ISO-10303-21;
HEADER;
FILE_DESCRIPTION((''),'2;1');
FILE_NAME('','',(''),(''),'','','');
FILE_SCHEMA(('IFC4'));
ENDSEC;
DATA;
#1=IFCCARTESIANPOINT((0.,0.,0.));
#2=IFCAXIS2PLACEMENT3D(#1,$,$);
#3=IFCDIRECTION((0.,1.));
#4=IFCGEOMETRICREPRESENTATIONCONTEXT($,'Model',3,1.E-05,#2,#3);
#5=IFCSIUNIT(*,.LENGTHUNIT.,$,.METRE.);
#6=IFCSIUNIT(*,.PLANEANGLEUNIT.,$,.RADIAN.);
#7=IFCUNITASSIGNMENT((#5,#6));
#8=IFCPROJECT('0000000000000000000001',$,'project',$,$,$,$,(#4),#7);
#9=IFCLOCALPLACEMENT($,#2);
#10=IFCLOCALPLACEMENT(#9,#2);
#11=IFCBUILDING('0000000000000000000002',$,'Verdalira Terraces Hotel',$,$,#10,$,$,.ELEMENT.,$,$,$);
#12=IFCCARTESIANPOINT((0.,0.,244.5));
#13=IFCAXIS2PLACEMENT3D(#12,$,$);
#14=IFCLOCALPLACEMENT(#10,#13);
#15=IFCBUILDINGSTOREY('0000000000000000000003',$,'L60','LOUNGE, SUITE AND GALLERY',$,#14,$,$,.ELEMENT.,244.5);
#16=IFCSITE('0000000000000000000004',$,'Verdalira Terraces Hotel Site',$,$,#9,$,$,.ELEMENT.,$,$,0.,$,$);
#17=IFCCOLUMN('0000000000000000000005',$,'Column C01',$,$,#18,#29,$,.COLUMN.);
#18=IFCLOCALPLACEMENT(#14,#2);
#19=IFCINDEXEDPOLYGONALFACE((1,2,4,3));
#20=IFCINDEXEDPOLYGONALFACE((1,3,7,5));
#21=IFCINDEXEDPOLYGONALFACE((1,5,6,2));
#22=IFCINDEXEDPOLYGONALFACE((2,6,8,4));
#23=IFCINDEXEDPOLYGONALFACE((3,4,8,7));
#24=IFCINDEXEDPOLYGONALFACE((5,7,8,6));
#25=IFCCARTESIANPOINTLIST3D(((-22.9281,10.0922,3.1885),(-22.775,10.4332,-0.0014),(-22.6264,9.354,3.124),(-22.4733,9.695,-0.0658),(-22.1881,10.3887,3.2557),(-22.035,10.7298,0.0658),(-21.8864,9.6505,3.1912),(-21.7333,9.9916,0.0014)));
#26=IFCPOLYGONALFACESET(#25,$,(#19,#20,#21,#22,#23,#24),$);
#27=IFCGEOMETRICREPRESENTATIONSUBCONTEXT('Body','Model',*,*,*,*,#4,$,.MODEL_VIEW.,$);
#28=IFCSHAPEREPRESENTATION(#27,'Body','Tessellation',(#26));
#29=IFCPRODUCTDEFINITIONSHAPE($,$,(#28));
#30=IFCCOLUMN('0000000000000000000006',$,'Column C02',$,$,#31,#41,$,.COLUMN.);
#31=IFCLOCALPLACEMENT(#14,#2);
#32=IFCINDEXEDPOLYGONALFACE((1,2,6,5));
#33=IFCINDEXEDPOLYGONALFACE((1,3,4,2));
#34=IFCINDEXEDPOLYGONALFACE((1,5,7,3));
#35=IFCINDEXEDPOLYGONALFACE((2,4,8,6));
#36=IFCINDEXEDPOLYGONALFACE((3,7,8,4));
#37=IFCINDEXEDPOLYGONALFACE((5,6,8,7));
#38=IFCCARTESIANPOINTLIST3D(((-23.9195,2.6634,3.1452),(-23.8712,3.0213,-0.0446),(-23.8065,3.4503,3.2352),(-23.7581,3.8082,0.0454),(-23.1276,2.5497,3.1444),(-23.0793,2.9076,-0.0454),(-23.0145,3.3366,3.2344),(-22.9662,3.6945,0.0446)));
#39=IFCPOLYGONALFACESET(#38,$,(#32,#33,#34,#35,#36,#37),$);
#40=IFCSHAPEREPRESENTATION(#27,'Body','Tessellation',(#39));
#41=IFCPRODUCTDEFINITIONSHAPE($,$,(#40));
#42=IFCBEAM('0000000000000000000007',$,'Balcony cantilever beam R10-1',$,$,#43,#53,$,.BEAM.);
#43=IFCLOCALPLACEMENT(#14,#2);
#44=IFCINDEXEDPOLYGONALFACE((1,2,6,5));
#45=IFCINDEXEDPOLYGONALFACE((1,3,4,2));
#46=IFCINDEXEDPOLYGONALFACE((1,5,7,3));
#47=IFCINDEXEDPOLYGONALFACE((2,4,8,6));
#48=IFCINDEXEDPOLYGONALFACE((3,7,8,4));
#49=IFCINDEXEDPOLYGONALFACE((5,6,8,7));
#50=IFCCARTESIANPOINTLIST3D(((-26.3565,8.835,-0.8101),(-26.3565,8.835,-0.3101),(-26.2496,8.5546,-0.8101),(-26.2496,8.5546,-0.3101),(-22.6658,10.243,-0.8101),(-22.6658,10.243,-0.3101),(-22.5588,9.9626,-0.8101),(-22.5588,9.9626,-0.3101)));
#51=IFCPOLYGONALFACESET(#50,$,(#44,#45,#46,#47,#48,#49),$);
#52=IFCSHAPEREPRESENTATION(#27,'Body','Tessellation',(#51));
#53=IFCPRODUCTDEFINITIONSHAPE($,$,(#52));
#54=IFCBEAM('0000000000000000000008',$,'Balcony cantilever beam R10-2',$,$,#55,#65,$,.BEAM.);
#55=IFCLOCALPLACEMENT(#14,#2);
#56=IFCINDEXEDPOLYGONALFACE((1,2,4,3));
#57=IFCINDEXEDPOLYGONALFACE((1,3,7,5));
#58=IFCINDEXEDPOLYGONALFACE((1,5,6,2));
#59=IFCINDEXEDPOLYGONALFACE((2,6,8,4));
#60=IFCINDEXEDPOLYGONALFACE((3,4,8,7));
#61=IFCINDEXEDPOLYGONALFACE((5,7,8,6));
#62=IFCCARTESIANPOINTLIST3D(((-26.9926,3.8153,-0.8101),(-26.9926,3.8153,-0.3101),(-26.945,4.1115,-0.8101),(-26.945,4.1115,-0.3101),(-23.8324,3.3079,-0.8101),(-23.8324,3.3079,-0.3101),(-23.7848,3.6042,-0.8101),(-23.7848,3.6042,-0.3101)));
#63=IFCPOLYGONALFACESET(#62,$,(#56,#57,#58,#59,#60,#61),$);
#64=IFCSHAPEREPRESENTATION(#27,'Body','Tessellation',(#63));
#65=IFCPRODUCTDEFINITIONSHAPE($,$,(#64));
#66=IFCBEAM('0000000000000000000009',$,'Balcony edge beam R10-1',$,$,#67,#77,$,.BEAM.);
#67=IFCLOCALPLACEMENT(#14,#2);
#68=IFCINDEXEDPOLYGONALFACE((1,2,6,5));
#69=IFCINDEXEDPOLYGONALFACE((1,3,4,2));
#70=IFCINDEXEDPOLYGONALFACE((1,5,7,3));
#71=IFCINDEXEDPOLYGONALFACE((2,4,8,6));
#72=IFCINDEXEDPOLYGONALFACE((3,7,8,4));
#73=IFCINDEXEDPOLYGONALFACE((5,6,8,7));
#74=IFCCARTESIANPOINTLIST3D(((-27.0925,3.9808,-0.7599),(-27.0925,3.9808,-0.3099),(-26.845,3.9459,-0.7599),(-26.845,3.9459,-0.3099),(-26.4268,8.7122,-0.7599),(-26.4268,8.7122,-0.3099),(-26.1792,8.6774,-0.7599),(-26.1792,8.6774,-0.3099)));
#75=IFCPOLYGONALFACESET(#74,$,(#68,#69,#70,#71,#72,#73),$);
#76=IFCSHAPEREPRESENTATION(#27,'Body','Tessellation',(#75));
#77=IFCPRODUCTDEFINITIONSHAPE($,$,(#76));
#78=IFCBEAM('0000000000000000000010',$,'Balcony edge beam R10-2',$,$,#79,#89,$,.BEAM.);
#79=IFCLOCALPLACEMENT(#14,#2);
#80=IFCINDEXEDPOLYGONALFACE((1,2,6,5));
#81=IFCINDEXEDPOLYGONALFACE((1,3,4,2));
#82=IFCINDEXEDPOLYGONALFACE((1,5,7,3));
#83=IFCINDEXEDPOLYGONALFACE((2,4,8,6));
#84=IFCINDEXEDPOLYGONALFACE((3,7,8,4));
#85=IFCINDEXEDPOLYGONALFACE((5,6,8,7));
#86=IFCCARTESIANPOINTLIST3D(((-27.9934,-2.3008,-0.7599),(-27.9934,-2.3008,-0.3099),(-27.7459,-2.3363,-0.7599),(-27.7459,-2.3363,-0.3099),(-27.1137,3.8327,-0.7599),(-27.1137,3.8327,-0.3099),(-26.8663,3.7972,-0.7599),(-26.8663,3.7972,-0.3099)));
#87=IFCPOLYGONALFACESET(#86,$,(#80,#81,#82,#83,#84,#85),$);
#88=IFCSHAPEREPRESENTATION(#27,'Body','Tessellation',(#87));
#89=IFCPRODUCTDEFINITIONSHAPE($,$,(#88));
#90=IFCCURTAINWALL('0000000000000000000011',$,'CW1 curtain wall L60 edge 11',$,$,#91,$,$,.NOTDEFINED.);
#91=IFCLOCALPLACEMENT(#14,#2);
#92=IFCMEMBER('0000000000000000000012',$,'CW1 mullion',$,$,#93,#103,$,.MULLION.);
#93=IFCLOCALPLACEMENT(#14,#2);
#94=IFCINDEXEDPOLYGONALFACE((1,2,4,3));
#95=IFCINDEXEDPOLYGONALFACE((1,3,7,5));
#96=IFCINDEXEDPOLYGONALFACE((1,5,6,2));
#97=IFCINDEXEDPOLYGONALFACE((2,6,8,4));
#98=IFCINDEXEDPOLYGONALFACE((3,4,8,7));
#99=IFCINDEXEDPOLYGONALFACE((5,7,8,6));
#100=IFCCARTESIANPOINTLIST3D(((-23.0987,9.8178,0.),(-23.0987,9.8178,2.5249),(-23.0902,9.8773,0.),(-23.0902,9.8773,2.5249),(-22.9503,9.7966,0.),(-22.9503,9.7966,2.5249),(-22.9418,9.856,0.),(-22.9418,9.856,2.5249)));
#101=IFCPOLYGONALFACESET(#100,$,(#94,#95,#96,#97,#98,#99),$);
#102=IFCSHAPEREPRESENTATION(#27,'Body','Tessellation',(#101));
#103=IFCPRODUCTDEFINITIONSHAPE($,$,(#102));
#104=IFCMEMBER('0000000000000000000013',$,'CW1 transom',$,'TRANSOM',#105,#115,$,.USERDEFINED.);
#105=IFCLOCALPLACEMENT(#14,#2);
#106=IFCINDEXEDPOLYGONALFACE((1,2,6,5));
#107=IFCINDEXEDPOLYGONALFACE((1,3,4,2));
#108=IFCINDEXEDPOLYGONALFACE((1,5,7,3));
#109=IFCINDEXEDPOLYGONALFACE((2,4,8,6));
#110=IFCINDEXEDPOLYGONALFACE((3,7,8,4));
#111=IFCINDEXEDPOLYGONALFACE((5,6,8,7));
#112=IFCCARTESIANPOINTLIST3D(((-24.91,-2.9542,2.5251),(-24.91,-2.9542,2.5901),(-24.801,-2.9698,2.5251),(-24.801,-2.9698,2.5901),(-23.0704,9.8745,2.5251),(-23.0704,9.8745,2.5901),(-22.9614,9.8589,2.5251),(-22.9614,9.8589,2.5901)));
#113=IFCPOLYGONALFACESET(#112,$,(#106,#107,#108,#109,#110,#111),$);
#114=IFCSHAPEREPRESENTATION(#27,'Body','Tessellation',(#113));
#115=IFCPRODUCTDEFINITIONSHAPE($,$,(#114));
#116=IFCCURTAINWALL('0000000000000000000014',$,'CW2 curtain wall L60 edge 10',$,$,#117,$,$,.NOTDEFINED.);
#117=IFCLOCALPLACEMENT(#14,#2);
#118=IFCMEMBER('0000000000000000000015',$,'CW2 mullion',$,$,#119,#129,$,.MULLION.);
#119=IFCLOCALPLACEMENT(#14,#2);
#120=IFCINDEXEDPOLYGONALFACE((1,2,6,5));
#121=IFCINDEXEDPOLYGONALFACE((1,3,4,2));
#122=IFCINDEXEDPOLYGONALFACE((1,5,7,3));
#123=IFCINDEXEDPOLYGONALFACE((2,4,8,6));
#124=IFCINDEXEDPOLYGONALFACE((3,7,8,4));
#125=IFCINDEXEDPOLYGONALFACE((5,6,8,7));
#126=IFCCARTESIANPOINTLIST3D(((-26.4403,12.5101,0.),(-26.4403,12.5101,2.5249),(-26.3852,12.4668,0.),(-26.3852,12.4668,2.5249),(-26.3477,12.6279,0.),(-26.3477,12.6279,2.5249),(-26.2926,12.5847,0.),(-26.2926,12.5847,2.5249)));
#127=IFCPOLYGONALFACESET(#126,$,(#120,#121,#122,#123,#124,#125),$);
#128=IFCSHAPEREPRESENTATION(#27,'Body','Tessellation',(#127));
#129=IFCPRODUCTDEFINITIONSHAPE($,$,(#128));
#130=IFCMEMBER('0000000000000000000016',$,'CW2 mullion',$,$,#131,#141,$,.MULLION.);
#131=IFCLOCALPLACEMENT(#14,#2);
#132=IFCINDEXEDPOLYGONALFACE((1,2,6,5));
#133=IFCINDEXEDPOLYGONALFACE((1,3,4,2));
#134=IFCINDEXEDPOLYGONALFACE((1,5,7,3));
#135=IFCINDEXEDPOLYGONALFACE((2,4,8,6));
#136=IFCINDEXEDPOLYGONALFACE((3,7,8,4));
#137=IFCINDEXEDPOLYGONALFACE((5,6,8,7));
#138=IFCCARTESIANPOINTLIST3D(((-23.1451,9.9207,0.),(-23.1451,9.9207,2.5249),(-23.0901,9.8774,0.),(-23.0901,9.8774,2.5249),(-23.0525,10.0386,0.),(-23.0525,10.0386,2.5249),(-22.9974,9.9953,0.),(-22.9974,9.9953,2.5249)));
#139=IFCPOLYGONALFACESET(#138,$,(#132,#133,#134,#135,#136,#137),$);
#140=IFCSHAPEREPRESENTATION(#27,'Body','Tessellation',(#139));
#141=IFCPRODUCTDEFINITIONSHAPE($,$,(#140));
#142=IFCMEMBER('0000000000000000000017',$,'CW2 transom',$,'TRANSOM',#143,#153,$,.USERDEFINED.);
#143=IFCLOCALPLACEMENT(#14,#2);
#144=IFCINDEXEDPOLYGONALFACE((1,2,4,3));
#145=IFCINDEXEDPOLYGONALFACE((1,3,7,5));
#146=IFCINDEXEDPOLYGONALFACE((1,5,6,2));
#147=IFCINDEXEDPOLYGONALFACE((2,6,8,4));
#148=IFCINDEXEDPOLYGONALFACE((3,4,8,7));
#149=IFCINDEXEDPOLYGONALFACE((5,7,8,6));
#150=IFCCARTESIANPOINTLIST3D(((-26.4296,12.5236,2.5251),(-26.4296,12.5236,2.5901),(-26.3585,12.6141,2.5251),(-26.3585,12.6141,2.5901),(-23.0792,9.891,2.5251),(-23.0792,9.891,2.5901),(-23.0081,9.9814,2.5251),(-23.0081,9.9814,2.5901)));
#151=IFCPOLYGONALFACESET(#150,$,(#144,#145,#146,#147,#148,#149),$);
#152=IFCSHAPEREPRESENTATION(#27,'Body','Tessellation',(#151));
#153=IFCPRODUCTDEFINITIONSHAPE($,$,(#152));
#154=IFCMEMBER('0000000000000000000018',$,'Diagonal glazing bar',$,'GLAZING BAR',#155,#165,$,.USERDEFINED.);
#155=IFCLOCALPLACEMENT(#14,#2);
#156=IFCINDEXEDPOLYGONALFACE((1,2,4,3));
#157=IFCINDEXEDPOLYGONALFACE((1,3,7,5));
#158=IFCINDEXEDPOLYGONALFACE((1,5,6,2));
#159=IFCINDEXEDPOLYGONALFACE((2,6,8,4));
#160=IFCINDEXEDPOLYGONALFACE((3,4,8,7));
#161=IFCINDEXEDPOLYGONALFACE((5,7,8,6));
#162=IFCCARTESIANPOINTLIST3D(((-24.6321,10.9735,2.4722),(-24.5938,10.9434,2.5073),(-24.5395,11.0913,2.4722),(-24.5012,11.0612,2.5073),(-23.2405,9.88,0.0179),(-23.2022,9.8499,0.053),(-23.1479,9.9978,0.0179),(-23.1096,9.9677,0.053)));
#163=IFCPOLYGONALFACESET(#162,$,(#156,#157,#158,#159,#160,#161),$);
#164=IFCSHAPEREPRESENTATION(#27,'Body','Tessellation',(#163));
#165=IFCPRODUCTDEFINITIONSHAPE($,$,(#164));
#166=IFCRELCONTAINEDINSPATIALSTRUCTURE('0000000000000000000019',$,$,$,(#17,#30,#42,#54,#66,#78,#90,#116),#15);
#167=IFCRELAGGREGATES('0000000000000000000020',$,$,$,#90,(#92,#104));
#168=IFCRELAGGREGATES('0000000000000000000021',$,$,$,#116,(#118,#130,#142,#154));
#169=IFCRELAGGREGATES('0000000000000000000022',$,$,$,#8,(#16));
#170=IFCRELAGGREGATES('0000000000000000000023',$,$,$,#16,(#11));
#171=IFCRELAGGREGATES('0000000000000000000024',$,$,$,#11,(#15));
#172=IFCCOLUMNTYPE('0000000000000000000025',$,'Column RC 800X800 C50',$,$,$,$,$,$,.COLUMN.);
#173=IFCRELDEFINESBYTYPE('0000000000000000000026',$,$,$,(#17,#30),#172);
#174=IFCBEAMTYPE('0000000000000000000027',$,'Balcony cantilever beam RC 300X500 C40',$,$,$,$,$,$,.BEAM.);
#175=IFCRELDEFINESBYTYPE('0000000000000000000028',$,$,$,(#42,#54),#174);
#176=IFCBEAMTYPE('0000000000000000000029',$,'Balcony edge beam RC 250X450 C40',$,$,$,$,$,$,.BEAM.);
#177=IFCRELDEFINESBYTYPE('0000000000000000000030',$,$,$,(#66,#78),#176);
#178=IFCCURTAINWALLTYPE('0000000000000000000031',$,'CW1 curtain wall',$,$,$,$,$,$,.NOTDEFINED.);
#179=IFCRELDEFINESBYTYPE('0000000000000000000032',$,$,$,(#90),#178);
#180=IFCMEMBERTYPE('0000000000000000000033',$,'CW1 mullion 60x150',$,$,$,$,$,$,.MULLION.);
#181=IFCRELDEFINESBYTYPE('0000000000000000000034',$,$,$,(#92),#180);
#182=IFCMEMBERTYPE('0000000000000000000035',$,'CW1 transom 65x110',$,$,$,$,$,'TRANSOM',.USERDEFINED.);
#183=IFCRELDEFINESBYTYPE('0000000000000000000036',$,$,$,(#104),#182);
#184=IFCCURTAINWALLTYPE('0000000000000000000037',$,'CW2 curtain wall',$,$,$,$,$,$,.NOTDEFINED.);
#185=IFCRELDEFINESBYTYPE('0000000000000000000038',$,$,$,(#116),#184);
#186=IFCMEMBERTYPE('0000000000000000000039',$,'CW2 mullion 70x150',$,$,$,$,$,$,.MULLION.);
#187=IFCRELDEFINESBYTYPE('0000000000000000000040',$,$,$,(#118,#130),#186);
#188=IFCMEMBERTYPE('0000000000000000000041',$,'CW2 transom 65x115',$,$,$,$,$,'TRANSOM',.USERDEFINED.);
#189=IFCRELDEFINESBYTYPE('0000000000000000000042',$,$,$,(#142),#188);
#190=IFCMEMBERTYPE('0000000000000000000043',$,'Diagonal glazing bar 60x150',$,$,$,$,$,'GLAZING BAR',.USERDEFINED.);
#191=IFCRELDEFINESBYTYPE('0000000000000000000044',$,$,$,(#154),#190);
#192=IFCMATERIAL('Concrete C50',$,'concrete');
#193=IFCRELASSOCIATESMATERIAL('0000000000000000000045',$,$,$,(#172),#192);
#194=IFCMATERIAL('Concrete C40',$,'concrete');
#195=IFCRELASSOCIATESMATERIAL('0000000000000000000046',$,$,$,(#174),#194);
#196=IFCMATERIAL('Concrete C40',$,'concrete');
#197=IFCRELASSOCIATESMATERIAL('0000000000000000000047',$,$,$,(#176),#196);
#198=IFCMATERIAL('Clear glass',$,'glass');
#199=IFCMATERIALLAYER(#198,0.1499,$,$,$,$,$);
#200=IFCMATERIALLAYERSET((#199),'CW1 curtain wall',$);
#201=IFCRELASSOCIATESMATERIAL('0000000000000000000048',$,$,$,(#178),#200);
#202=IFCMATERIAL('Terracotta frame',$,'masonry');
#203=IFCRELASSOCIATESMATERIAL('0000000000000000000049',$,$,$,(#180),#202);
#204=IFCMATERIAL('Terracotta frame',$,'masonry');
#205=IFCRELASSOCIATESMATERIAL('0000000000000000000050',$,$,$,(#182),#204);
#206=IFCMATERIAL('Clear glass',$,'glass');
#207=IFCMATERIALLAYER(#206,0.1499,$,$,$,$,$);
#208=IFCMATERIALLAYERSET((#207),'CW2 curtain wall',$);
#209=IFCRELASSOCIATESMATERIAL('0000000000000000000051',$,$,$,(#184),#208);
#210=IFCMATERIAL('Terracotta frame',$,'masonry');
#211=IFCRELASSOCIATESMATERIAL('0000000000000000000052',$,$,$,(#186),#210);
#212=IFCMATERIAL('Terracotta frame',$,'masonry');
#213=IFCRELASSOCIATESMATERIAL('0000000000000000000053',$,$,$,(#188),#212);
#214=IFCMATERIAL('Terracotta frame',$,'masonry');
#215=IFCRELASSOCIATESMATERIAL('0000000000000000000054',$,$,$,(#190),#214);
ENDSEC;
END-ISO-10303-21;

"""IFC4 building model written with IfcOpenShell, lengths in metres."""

from ifc_helpers import new_model, si_unit, direction, frame, origin, origin_2d, place, context, subcontext, project, spatial, rectangle, extrude, material, layer, layer_set, material_profile, profile_set, type_object, element, aggregate, save


model = new_model("IFC4")

# Units and contexts
model_context = context("Model", 3, precision=1e-05, world=origin(), true_north=direction((0.0, 1.0)))
body_context = subcontext(model_context, "Body", "Model", "MODEL_VIEW")
ifc_project = project(units=[si_unit("LENGTHUNIT", "METRE"), si_unit("PLANEANGLEUNIT", "RADIAN")], contexts=[model_context])

# Site, building, storey
site_placement = place(None, origin())
site = spatial("IfcSite", under=ifc_project, at=site_placement, Name="Verdalira Terraces Hotel Site", CompositionType="ELEMENT", RefElevation=0.0)
building_placement = place(site_placement, origin())
building = spatial("IfcBuilding", under=site, at=building_placement, Name="Verdalira Terraces Hotel", CompositionType="ELEMENT")
storey_placement = place(building_placement, frame((0.0, 0.0, 244.5)))
storey = spatial("IfcBuildingStorey", under=building, at=storey_placement, Name="L60", Description="LOUNGE, SUITE AND GALLERY", CompositionType="ELEMENT", Elevation=244.5)

# Columns
ifc_material_1 = material(Name="Concrete C50", Category="concrete")
ifc_material_profile_1 = material_profile(ifc_material_1, rectangle(XDim=0.8, YDim=0.8, at=origin_2d()), Name="RC 800X800")
ifc_profile_set_1 = profile_set([ifc_material_profile_1], Name="Concrete C50")
column_type = type_object("IfcColumnType", Name="Column RC 800X800 C50", PredefinedType="COLUMN", material=ifc_profile_set_1)
column_1_placement = place(storey_placement, frame((-22.2541, 10.2124, 0.0), z_axis=(-0.047661, -0.106192, 0.993203), x_axis=(-0.377087, 0.922668, 0.080555)))
element("IfcColumn", 1, at=column_1_placement, inside=storey, type_object=column_type, Name="Column C01", PredefinedType="COLUMN", context=body_context, shape_type="SweptSolid", body=[
    extrude(rectangle(XDim=0.8, YDim=0.8, at=origin_2d()), origin(), (0.0, 0.0, 1.0), 3.2117),
])
column_2_placement = place(storey_placement, frame((-23.4187, 3.3579, 0.0), z_axis=(-0.015058, -0.111487, 0.993652), x_axis=(-0.141347, -0.983547, -0.112496)))
element("IfcColumn", 2, at=column_2_placement, inside=storey, type_object=column_type, Name="Column C02", PredefinedType="COLUMN", context=body_context, shape_type="SweptSolid", body=[
    extrude(rectangle(XDim=0.8, YDim=0.8, at=origin_2d()), origin(), (0.0, 0.0, 1.0), 3.2102),
])

# Beams
ifc_material_2 = material(Name="Concrete C40", Category="concrete")
ifc_material_profile_2 = material_profile(ifc_material_2, rectangle(XDim=0.3, YDim=0.5, at=origin_2d()), Name="RC 300X500")
ifc_profile_set_2 = profile_set([ifc_material_profile_2], Name="Concrete C40")
beam_type_1 = type_object("IfcBeamType", Name="Balcony cantilever beam RC 300X500 C40", PredefinedType="BEAM", material=ifc_profile_set_2)
beam_1_placement = place(storey_placement, frame((-22.6123, 10.1028, -0.5601), z_axis=(-0.93432, -0.356435, 0.0), x_axis=(0.356435, -0.93432, 0.0)))
element("IfcBeam", 3, at=beam_1_placement, inside=storey, type_object=beam_type_1, Name="Balcony cantilever beam R10-1", PredefinedType="BEAM", context=body_context, shape_type="SweptSolid", body=[
    extrude(rectangle(XDim=0.3, YDim=0.5, at=origin_2d()), origin(), (0.0, 0.0, 1.0), 3.9502),
])
beam_2_placement = place(storey_placement, frame((-23.8086, 3.4561, -0.5601), z_axis=(-0.987358, 0.158508, 0.0), x_axis=(-0.158508, -0.987358, 0.0)))
element("IfcBeam", 4, at=beam_2_placement, inside=storey, type_object=beam_type_1, Name="Balcony cantilever beam R10-2", PredefinedType="BEAM", context=body_context, shape_type="SweptSolid", body=[
    extrude(rectangle(XDim=0.3, YDim=0.5, at=origin_2d()), origin(), (0.0, 0.0, 1.0), 3.2007),
])
ifc_material_3 = material(Name="Concrete C40", Category="concrete")
ifc_material_profile_3 = material_profile(ifc_material_3, rectangle(XDim=0.25, YDim=0.45, at=origin_2d()), Name="RC 250X450")
ifc_profile_set_3 = profile_set([ifc_material_profile_3], Name="Concrete C40")
beam_type_2 = type_object("IfcBeamType", Name="Balcony edge beam RC 250X450 C40", PredefinedType="BEAM", material=ifc_profile_set_3)
beam_3_placement = place(storey_placement, frame((-26.303, 8.6948, -0.5349), z_axis=(-0.139339, -0.990245, 0.0), x_axis=(0.990245, -0.139339, 0.0)))
element("IfcBeam", 5, at=beam_3_placement, inside=storey, type_object=beam_type_2, Name="Balcony edge beam R10-1", PredefinedType="BEAM", context=body_context, shape_type="SweptSolid", body=[
    extrude(rectangle(XDim=0.25, YDim=0.45, at=origin_2d()), origin(), (0.0, 0.0, 1.0), 4.7781),
])
beam_4_placement = place(storey_placement, frame((-26.99, 3.8149, -0.5349), z_axis=(-0.141962, -0.989872, 0.0), x_axis=(0.989872, -0.141962, 0.0)))
element("IfcBeam", 6, at=beam_4_placement, inside=storey, type_object=beam_type_2, Name="Balcony edge beam R10-2", PredefinedType="BEAM", context=body_context, shape_type="SweptSolid", body=[
    extrude(rectangle(XDim=0.25, YDim=0.45, at=origin_2d()), origin(), (0.0, 0.0, 1.0), 6.1963),
])

# Curtain walls, members
ifc_material_4 = material(Name="Clear glass", Category="glass")
ifc_layer_1 = layer(ifc_material_4, 0.1499)
ifc_layer_set_1 = layer_set([ifc_layer_1], Name="CW1 curtain wall")
curtain_wall_type_1 = type_object("IfcCurtainWallType", Name="CW1 curtain wall", PredefinedType="NOTDEFINED", material=ifc_layer_set_1)
curtain_wall_1_placement = place(storey_placement, origin())
curtain_wall_1 = element("IfcCurtainWall", 7, at=curtain_wall_1_placement, inside=storey, type_object=curtain_wall_type_1, Name="CW1 curtain wall L60 edge 11", PredefinedType="NOTDEFINED")
ifc_material_5 = material(Name="Terracotta frame", Category="masonry")
ifc_material_profile_4 = material_profile(ifc_material_5, rectangle(XDim=0.0601, YDim=0.1499, at=origin_2d()), Name="MU 60x150")
ifc_profile_set_4 = profile_set([ifc_material_profile_4], Name="Terracotta frame")
member_type_1 = type_object("IfcMemberType", Name="CW1 mullion 60x150", PredefinedType="MULLION", material=ifc_profile_set_4)
member_1_placement = place(storey_placement, frame((-23.0203, 9.8369, 0.0), z_axis=(0.0, 0.0, 1.0), x_axis=(-0.141938, -0.989876, 0.0)))
member_1 = element("IfcMember", 8, at=member_1_placement, type_object=member_type_1, Name="CW1 mullion", PredefinedType="MULLION", context=body_context, shape_type="SweptSolid", body=[
    extrude(rectangle(XDim=0.0601, YDim=0.1499, at=origin_2d()), origin(), (0.0, 0.0, 1.0), 2.5249),
])
ifc_material_6 = material(Name="Terracotta frame", Category="masonry")
ifc_material_profile_5 = material_profile(ifc_material_6, rectangle(XDim=0.1101, YDim=0.0649, at=origin_2d()), Name="TR 65x110")
ifc_profile_set_5 = profile_set([ifc_material_profile_5], Name="Terracotta frame")
member_type_2 = type_object("IfcMemberType", Name="CW1 transom 65x110", ElementType="TRANSOM", PredefinedType="USERDEFINED", material=ifc_profile_set_5)
member_2_placement = place(storey_placement, frame((-23.0159, 9.8667, 2.5576), z_axis=(-0.141946, -0.989874, 0.0), x_axis=(0.989874, -0.141946, 0.0)))
member_2 = element("IfcMember", 9, at=member_2_placement, type_object=member_type_2, Name="CW1 transom", ObjectType="TRANSOM", PredefinedType="USERDEFINED", context=body_context, shape_type="SweptSolid", body=[
    extrude(rectangle(XDim=0.1101, YDim=0.0649, at=origin_2d()), origin(), (0.0, 0.0, 1.0), 12.96),
])
ifc_material_7 = material(Name="Clear glass", Category="glass")
ifc_layer_2 = layer(ifc_material_7, 0.1499)
ifc_layer_set_2 = layer_set([ifc_layer_2], Name="CW2 curtain wall")
curtain_wall_type_2 = type_object("IfcCurtainWallType", Name="CW2 curtain wall", PredefinedType="NOTDEFINED", material=ifc_layer_set_2)
curtain_wall_2_placement = place(storey_placement, origin())
curtain_wall_2 = element("IfcCurtainWall", 10, at=curtain_wall_2_placement, inside=storey, type_object=curtain_wall_type_2, Name="CW2 curtain wall L60 edge 10", PredefinedType="NOTDEFINED")
ifc_material_8 = material(Name="Terracotta frame", Category="masonry")
ifc_material_profile_6 = material_profile(ifc_material_8, rectangle(XDim=0.0701, YDim=0.1499, at=origin_2d()), Name="MU 70x150")
ifc_profile_set_6 = profile_set([ifc_material_profile_6], Name="Terracotta frame")
member_type_3 = type_object("IfcMemberType", Name="CW2 mullion 70x150", PredefinedType="MULLION", material=ifc_profile_set_6)
member_3_placement = place(storey_placement, frame((-26.3665, 12.5474, 0.0), z_axis=(0.0, 0.0, 1.0), x_axis=(0.786288, -0.61786, 0.0)))
member_3 = element("IfcMember", 11, at=member_3_placement, type_object=member_type_3, Name="CW2 mullion", PredefinedType="MULLION", context=body_context, shape_type="SweptSolid", body=[
    extrude(rectangle(XDim=0.0701, YDim=0.1499, at=origin_2d()), origin(), (0.0, 0.0, 1.0), 2.5249),
])
member_4_placement = place(storey_placement, frame((-23.0713, 9.958, 0.0), z_axis=(0.0, 0.0, 1.0), x_axis=(0.786288, -0.61786, 0.0)))
member_4 = element("IfcMember", 12, at=member_4_placement, type_object=member_type_3, Name="CW2 mullion", PredefinedType="MULLION", context=body_context, shape_type="SweptSolid", body=[
    extrude(rectangle(XDim=0.0701, YDim=0.1499, at=origin_2d()), origin(), (0.0, 0.0, 1.0), 2.5249),
])
ifc_material_9 = material(Name="Terracotta frame", Category="masonry")
ifc_material_profile_7 = material_profile(ifc_material_9, rectangle(XDim=0.115, YDim=0.0649, at=origin_2d()), Name="TR 65x115")
ifc_profile_set_7 = profile_set([ifc_material_profile_7], Name="Terracotta frame")
member_type_4 = type_object("IfcMemberType", Name="CW2 transom 65x115", ElementType="TRANSOM", PredefinedType="USERDEFINED", material=ifc_profile_set_7)
member_5_placement = place(storey_placement, frame((-26.394, 12.5688, 2.5576), z_axis=(0.7863, -0.617844, 0.0), x_axis=(0.617844, 0.7863, 0.0)))
member_5 = element("IfcMember", 13, at=member_5_placement, type_object=member_type_4, Name="CW2 transom", ObjectType="TRANSOM", PredefinedType="USERDEFINED", context=body_context, shape_type="SweptSolid", body=[
    extrude(rectangle(XDim=0.115, YDim=0.0649, at=origin_2d()), origin(), (0.0, 0.0, 1.0), 4.261),
])
ifc_material_10 = material(Name="Terracotta frame", Category="masonry")
ifc_material_profile_8 = material_profile(ifc_material_10, rectangle(XDim=0.1499, YDim=0.0601, at=origin_2d()), Name="GB 60x150")
ifc_profile_set_8 = profile_set([ifc_material_profile_8], Name="Terracotta frame")
member_type_5 = type_object("IfcMemberType", Name="Diagonal glazing bar 60x150", ElementType="GLAZING BAR", PredefinedType="USERDEFINED", material=ifc_profile_set_8)
member_6_placement = place(storey_placement, frame((-24.5666, 11.0173, 2.4897), z_axis=(0.459895, -0.361381, -0.81111), x_axis=(0.617858, 0.78629, 0.0)))
member_6 = element("IfcMember", 14, at=member_6_placement, type_object=member_type_5, Name="Diagonal glazing bar", ObjectType="GLAZING BAR", PredefinedType="USERDEFINED", context=body_context, shape_type="SweptSolid", body=[
    extrude(rectangle(XDim=0.1499, YDim=0.0601, at=origin_2d()), origin(), (0.0, 0.0, 1.0), 3.0259),
])

aggregate(curtain_wall_1, [member_1, member_2])
aggregate(curtain_wall_2, [member_3, member_4, member_5, member_6])

save(model, "model.ifc")
